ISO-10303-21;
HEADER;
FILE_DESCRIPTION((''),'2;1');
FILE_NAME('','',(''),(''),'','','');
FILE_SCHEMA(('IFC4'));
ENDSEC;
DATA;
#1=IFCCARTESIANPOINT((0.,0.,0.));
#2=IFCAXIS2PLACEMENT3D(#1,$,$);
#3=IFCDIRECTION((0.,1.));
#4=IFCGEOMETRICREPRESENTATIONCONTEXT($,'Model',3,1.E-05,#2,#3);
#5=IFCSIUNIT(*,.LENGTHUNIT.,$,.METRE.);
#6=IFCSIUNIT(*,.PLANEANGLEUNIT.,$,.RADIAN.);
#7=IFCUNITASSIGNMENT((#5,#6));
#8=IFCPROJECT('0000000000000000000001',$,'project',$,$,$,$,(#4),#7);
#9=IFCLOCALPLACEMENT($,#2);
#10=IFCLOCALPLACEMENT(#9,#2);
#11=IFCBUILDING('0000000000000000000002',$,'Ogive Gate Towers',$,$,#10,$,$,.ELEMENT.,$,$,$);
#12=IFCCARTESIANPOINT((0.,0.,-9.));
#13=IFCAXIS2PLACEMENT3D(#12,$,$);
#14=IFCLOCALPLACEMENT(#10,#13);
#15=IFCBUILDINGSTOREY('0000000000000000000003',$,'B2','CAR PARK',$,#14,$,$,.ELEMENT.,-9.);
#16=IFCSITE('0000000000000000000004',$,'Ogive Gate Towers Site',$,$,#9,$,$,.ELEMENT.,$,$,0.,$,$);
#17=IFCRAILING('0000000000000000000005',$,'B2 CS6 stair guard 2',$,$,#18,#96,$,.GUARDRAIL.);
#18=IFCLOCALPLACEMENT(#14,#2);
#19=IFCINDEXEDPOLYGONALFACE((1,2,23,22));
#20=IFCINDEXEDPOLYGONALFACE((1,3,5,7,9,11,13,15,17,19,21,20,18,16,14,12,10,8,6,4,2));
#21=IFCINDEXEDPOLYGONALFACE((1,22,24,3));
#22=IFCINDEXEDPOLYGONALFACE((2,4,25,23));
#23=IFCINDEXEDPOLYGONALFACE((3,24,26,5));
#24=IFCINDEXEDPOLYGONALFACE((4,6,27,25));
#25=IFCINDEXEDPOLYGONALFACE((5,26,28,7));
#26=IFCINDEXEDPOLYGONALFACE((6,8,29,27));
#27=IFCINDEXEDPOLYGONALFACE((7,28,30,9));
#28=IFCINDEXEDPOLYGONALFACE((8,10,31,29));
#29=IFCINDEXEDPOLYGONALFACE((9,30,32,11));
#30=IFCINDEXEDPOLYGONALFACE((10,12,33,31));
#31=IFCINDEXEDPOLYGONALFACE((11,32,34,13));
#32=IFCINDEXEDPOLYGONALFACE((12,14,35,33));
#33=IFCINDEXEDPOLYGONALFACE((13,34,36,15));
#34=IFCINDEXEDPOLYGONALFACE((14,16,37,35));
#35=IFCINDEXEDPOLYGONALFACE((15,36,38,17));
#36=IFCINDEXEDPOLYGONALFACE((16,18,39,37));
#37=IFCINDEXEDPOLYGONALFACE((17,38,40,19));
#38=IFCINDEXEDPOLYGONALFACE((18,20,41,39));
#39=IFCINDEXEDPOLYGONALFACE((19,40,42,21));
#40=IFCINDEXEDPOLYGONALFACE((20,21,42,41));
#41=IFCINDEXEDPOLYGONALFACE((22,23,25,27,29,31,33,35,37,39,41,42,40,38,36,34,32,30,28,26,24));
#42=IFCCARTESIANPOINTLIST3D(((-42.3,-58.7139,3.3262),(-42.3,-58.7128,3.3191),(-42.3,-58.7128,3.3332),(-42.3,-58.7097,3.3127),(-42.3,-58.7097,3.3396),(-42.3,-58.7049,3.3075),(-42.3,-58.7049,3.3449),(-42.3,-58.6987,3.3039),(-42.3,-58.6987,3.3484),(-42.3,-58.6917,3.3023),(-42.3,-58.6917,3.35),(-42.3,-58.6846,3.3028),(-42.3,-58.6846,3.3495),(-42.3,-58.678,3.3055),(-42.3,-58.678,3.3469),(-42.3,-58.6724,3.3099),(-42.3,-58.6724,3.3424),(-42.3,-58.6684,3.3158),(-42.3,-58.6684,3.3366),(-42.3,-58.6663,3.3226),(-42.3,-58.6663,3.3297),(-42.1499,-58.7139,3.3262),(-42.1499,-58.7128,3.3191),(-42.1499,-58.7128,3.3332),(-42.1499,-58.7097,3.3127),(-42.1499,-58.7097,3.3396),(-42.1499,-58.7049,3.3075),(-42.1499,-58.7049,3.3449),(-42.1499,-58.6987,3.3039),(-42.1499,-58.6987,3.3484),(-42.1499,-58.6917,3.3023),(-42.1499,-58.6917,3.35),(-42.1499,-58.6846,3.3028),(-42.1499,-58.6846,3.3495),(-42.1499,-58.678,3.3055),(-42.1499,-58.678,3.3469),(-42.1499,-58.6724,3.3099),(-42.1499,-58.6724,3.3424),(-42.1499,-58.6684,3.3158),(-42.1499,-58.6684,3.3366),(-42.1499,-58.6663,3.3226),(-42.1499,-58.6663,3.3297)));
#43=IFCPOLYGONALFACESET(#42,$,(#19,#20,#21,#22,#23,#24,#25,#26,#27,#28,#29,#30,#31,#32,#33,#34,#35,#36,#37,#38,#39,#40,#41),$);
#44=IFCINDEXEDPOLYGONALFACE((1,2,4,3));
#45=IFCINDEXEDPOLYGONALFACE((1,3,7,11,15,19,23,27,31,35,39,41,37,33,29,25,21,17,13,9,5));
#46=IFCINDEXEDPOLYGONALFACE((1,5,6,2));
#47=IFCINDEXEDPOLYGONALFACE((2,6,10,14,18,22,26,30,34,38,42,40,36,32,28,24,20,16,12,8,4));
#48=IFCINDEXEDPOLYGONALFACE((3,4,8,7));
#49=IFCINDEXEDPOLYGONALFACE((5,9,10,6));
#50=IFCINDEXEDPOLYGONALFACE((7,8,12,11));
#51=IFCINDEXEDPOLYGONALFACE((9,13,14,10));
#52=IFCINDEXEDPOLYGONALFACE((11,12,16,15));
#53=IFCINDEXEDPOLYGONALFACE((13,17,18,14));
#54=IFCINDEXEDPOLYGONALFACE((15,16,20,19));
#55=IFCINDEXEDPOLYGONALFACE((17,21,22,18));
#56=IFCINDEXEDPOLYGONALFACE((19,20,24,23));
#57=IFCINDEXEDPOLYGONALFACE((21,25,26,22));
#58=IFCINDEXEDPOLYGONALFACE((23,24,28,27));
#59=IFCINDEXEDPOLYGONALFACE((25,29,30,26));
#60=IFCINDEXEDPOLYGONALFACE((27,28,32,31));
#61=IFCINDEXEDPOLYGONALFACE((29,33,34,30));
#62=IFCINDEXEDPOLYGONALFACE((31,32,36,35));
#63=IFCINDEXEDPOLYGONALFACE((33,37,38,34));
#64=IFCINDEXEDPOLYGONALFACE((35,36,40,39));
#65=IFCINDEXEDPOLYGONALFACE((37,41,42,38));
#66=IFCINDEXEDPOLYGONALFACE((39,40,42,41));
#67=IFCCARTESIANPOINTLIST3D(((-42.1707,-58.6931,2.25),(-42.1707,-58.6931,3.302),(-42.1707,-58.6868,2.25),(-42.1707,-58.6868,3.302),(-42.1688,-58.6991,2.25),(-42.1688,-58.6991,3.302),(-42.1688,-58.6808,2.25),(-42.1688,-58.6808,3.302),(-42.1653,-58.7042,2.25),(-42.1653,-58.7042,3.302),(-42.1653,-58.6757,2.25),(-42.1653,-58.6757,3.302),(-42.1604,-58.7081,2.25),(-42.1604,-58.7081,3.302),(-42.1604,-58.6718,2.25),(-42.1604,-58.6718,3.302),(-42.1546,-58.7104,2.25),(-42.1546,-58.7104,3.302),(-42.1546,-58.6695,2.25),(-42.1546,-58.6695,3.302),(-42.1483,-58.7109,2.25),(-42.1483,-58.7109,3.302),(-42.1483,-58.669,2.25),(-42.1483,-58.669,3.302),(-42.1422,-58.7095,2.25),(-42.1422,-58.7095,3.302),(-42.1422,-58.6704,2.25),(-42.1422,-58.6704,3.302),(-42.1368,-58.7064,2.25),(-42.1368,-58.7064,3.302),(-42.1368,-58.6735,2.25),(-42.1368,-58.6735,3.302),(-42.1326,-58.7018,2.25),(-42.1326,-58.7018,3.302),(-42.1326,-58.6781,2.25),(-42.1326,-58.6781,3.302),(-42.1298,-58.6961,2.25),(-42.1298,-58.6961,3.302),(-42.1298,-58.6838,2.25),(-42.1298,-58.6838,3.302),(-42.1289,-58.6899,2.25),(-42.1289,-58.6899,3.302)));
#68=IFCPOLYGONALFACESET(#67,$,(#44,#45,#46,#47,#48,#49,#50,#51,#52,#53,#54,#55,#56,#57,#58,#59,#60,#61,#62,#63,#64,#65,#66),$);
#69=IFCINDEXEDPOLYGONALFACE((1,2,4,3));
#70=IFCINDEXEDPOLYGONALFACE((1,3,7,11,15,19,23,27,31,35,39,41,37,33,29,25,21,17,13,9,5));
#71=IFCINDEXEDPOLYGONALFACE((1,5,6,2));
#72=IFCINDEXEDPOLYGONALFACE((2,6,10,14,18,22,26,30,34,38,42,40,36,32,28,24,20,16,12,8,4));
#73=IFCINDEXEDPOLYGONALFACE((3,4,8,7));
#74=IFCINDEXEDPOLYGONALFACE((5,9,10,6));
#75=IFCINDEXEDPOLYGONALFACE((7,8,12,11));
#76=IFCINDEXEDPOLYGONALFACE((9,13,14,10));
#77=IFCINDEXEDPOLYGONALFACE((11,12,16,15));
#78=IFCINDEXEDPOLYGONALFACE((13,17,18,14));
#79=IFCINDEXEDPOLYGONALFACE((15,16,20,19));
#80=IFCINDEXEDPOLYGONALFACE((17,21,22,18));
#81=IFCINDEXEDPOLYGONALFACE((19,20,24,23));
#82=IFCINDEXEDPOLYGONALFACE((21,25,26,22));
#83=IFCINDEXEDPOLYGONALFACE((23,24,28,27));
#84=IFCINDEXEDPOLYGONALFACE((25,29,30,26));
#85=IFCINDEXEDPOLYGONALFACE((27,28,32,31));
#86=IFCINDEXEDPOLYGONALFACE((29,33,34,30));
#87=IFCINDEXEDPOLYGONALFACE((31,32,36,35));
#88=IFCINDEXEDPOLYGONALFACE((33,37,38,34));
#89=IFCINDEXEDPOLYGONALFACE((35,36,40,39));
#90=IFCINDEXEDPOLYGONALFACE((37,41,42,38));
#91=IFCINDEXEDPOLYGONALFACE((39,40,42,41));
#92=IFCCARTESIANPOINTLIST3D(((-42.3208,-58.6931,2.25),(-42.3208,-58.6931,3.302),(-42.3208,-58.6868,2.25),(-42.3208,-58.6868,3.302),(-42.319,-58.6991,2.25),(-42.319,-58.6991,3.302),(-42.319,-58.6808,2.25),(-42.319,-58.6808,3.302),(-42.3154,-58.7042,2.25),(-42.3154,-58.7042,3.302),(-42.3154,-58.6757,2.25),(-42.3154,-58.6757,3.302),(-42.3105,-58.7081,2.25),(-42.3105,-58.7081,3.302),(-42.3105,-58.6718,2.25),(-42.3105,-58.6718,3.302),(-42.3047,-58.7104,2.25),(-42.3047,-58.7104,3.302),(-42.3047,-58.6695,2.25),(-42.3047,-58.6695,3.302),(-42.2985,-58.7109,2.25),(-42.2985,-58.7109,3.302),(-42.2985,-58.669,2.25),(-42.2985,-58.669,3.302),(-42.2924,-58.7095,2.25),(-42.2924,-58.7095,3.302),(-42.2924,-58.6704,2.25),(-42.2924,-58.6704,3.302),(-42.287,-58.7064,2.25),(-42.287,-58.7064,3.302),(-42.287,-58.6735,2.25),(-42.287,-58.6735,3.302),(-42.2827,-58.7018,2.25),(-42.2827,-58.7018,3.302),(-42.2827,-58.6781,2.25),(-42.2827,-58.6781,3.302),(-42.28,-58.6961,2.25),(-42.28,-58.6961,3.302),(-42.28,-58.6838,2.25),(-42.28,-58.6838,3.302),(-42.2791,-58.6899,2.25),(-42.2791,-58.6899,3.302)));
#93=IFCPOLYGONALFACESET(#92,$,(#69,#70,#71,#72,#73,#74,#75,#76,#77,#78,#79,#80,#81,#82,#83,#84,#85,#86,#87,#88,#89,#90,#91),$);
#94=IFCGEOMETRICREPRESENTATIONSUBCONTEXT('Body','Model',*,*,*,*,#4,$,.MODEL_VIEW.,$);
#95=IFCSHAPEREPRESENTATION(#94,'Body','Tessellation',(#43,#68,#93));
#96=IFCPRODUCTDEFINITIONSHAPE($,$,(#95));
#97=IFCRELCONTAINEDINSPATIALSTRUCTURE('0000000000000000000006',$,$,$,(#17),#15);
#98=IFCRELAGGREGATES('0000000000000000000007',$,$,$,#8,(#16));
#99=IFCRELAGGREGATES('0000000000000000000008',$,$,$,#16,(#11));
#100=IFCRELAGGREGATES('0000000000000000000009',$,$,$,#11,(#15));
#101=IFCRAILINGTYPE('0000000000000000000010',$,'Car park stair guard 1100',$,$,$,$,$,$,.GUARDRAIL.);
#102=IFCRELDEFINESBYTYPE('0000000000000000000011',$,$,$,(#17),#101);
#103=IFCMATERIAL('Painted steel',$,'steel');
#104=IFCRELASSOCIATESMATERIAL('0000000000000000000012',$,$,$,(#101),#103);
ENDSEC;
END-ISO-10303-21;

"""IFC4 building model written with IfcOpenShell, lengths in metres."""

from ifc_helpers import new_model, si_unit, direction, frame, origin, origin_2d, place, context, subcontext, project, spatial, circle, extrude, material, type_object, element, save


model = new_model("IFC4")

# Units and contexts
model_context = context("Model", 3, precision=1e-05, world=origin(), true_north=direction((0.0, 1.0)))
body_context = subcontext(model_context, "Body", "Model", "MODEL_VIEW")
ifc_project = project(units=[si_unit("LENGTHUNIT", "METRE"), si_unit("PLANEANGLEUNIT", "RADIAN")], contexts=[model_context])

# Site, building, storey
site_placement = place(None, origin())
site = spatial("IfcSite", under=ifc_project, at=site_placement, Name="Ogive Gate Towers Site", CompositionType="ELEMENT", RefElevation=0.0)
building_placement = place(site_placement, origin())
building = spatial("IfcBuilding", under=site, at=building_placement, Name="Ogive Gate Towers", CompositionType="ELEMENT")
storey_placement = place(building_placement, frame((0.0, 0.0, -9.0)))
storey = spatial("IfcBuildingStorey", under=building, at=storey_placement, Name="B2", Description="CAR PARK", CompositionType="ELEMENT", Elevation=-9.0)

# Railing
ifc_material_1 = material(Name="Painted steel", Category="steel")
railing_type_1 = type_object("IfcRailingType", Name="Car park stair guard 1100", PredefinedType="GUARDRAIL", material=ifc_material_1)
railing_1_placement = place(storey_placement, frame((-42.1499, -58.6899, 2.25)))
element("IfcRailing", 1, at=railing_1_placement, inside=storey, type_object=railing_type_1, Name="B2 CS6 stair guard 2", PredefinedType="GUARDRAIL", context=body_context, shape_type="SweptSolid", body=[
    extrude(circle(Radius=0.0239, at=origin_2d()), frame((0.0, 0.0, 1.0762), z_axis=(-1.0, 0.0, 0.0), x_axis=(0.0, -1.0, 0.0)), (0.0, 0.0, 1.0), 0.1501),
    extrude(circle(Radius=0.021, at=origin_2d()), origin(), (0.0, 0.0, 1.0), 1.052),
    extrude(circle(Radius=0.021, at=origin_2d()), frame((-0.1501, 0.0, 0.0)), (0.0, 0.0, 1.0), 1.052),
])

save(model, "model.ifc")
